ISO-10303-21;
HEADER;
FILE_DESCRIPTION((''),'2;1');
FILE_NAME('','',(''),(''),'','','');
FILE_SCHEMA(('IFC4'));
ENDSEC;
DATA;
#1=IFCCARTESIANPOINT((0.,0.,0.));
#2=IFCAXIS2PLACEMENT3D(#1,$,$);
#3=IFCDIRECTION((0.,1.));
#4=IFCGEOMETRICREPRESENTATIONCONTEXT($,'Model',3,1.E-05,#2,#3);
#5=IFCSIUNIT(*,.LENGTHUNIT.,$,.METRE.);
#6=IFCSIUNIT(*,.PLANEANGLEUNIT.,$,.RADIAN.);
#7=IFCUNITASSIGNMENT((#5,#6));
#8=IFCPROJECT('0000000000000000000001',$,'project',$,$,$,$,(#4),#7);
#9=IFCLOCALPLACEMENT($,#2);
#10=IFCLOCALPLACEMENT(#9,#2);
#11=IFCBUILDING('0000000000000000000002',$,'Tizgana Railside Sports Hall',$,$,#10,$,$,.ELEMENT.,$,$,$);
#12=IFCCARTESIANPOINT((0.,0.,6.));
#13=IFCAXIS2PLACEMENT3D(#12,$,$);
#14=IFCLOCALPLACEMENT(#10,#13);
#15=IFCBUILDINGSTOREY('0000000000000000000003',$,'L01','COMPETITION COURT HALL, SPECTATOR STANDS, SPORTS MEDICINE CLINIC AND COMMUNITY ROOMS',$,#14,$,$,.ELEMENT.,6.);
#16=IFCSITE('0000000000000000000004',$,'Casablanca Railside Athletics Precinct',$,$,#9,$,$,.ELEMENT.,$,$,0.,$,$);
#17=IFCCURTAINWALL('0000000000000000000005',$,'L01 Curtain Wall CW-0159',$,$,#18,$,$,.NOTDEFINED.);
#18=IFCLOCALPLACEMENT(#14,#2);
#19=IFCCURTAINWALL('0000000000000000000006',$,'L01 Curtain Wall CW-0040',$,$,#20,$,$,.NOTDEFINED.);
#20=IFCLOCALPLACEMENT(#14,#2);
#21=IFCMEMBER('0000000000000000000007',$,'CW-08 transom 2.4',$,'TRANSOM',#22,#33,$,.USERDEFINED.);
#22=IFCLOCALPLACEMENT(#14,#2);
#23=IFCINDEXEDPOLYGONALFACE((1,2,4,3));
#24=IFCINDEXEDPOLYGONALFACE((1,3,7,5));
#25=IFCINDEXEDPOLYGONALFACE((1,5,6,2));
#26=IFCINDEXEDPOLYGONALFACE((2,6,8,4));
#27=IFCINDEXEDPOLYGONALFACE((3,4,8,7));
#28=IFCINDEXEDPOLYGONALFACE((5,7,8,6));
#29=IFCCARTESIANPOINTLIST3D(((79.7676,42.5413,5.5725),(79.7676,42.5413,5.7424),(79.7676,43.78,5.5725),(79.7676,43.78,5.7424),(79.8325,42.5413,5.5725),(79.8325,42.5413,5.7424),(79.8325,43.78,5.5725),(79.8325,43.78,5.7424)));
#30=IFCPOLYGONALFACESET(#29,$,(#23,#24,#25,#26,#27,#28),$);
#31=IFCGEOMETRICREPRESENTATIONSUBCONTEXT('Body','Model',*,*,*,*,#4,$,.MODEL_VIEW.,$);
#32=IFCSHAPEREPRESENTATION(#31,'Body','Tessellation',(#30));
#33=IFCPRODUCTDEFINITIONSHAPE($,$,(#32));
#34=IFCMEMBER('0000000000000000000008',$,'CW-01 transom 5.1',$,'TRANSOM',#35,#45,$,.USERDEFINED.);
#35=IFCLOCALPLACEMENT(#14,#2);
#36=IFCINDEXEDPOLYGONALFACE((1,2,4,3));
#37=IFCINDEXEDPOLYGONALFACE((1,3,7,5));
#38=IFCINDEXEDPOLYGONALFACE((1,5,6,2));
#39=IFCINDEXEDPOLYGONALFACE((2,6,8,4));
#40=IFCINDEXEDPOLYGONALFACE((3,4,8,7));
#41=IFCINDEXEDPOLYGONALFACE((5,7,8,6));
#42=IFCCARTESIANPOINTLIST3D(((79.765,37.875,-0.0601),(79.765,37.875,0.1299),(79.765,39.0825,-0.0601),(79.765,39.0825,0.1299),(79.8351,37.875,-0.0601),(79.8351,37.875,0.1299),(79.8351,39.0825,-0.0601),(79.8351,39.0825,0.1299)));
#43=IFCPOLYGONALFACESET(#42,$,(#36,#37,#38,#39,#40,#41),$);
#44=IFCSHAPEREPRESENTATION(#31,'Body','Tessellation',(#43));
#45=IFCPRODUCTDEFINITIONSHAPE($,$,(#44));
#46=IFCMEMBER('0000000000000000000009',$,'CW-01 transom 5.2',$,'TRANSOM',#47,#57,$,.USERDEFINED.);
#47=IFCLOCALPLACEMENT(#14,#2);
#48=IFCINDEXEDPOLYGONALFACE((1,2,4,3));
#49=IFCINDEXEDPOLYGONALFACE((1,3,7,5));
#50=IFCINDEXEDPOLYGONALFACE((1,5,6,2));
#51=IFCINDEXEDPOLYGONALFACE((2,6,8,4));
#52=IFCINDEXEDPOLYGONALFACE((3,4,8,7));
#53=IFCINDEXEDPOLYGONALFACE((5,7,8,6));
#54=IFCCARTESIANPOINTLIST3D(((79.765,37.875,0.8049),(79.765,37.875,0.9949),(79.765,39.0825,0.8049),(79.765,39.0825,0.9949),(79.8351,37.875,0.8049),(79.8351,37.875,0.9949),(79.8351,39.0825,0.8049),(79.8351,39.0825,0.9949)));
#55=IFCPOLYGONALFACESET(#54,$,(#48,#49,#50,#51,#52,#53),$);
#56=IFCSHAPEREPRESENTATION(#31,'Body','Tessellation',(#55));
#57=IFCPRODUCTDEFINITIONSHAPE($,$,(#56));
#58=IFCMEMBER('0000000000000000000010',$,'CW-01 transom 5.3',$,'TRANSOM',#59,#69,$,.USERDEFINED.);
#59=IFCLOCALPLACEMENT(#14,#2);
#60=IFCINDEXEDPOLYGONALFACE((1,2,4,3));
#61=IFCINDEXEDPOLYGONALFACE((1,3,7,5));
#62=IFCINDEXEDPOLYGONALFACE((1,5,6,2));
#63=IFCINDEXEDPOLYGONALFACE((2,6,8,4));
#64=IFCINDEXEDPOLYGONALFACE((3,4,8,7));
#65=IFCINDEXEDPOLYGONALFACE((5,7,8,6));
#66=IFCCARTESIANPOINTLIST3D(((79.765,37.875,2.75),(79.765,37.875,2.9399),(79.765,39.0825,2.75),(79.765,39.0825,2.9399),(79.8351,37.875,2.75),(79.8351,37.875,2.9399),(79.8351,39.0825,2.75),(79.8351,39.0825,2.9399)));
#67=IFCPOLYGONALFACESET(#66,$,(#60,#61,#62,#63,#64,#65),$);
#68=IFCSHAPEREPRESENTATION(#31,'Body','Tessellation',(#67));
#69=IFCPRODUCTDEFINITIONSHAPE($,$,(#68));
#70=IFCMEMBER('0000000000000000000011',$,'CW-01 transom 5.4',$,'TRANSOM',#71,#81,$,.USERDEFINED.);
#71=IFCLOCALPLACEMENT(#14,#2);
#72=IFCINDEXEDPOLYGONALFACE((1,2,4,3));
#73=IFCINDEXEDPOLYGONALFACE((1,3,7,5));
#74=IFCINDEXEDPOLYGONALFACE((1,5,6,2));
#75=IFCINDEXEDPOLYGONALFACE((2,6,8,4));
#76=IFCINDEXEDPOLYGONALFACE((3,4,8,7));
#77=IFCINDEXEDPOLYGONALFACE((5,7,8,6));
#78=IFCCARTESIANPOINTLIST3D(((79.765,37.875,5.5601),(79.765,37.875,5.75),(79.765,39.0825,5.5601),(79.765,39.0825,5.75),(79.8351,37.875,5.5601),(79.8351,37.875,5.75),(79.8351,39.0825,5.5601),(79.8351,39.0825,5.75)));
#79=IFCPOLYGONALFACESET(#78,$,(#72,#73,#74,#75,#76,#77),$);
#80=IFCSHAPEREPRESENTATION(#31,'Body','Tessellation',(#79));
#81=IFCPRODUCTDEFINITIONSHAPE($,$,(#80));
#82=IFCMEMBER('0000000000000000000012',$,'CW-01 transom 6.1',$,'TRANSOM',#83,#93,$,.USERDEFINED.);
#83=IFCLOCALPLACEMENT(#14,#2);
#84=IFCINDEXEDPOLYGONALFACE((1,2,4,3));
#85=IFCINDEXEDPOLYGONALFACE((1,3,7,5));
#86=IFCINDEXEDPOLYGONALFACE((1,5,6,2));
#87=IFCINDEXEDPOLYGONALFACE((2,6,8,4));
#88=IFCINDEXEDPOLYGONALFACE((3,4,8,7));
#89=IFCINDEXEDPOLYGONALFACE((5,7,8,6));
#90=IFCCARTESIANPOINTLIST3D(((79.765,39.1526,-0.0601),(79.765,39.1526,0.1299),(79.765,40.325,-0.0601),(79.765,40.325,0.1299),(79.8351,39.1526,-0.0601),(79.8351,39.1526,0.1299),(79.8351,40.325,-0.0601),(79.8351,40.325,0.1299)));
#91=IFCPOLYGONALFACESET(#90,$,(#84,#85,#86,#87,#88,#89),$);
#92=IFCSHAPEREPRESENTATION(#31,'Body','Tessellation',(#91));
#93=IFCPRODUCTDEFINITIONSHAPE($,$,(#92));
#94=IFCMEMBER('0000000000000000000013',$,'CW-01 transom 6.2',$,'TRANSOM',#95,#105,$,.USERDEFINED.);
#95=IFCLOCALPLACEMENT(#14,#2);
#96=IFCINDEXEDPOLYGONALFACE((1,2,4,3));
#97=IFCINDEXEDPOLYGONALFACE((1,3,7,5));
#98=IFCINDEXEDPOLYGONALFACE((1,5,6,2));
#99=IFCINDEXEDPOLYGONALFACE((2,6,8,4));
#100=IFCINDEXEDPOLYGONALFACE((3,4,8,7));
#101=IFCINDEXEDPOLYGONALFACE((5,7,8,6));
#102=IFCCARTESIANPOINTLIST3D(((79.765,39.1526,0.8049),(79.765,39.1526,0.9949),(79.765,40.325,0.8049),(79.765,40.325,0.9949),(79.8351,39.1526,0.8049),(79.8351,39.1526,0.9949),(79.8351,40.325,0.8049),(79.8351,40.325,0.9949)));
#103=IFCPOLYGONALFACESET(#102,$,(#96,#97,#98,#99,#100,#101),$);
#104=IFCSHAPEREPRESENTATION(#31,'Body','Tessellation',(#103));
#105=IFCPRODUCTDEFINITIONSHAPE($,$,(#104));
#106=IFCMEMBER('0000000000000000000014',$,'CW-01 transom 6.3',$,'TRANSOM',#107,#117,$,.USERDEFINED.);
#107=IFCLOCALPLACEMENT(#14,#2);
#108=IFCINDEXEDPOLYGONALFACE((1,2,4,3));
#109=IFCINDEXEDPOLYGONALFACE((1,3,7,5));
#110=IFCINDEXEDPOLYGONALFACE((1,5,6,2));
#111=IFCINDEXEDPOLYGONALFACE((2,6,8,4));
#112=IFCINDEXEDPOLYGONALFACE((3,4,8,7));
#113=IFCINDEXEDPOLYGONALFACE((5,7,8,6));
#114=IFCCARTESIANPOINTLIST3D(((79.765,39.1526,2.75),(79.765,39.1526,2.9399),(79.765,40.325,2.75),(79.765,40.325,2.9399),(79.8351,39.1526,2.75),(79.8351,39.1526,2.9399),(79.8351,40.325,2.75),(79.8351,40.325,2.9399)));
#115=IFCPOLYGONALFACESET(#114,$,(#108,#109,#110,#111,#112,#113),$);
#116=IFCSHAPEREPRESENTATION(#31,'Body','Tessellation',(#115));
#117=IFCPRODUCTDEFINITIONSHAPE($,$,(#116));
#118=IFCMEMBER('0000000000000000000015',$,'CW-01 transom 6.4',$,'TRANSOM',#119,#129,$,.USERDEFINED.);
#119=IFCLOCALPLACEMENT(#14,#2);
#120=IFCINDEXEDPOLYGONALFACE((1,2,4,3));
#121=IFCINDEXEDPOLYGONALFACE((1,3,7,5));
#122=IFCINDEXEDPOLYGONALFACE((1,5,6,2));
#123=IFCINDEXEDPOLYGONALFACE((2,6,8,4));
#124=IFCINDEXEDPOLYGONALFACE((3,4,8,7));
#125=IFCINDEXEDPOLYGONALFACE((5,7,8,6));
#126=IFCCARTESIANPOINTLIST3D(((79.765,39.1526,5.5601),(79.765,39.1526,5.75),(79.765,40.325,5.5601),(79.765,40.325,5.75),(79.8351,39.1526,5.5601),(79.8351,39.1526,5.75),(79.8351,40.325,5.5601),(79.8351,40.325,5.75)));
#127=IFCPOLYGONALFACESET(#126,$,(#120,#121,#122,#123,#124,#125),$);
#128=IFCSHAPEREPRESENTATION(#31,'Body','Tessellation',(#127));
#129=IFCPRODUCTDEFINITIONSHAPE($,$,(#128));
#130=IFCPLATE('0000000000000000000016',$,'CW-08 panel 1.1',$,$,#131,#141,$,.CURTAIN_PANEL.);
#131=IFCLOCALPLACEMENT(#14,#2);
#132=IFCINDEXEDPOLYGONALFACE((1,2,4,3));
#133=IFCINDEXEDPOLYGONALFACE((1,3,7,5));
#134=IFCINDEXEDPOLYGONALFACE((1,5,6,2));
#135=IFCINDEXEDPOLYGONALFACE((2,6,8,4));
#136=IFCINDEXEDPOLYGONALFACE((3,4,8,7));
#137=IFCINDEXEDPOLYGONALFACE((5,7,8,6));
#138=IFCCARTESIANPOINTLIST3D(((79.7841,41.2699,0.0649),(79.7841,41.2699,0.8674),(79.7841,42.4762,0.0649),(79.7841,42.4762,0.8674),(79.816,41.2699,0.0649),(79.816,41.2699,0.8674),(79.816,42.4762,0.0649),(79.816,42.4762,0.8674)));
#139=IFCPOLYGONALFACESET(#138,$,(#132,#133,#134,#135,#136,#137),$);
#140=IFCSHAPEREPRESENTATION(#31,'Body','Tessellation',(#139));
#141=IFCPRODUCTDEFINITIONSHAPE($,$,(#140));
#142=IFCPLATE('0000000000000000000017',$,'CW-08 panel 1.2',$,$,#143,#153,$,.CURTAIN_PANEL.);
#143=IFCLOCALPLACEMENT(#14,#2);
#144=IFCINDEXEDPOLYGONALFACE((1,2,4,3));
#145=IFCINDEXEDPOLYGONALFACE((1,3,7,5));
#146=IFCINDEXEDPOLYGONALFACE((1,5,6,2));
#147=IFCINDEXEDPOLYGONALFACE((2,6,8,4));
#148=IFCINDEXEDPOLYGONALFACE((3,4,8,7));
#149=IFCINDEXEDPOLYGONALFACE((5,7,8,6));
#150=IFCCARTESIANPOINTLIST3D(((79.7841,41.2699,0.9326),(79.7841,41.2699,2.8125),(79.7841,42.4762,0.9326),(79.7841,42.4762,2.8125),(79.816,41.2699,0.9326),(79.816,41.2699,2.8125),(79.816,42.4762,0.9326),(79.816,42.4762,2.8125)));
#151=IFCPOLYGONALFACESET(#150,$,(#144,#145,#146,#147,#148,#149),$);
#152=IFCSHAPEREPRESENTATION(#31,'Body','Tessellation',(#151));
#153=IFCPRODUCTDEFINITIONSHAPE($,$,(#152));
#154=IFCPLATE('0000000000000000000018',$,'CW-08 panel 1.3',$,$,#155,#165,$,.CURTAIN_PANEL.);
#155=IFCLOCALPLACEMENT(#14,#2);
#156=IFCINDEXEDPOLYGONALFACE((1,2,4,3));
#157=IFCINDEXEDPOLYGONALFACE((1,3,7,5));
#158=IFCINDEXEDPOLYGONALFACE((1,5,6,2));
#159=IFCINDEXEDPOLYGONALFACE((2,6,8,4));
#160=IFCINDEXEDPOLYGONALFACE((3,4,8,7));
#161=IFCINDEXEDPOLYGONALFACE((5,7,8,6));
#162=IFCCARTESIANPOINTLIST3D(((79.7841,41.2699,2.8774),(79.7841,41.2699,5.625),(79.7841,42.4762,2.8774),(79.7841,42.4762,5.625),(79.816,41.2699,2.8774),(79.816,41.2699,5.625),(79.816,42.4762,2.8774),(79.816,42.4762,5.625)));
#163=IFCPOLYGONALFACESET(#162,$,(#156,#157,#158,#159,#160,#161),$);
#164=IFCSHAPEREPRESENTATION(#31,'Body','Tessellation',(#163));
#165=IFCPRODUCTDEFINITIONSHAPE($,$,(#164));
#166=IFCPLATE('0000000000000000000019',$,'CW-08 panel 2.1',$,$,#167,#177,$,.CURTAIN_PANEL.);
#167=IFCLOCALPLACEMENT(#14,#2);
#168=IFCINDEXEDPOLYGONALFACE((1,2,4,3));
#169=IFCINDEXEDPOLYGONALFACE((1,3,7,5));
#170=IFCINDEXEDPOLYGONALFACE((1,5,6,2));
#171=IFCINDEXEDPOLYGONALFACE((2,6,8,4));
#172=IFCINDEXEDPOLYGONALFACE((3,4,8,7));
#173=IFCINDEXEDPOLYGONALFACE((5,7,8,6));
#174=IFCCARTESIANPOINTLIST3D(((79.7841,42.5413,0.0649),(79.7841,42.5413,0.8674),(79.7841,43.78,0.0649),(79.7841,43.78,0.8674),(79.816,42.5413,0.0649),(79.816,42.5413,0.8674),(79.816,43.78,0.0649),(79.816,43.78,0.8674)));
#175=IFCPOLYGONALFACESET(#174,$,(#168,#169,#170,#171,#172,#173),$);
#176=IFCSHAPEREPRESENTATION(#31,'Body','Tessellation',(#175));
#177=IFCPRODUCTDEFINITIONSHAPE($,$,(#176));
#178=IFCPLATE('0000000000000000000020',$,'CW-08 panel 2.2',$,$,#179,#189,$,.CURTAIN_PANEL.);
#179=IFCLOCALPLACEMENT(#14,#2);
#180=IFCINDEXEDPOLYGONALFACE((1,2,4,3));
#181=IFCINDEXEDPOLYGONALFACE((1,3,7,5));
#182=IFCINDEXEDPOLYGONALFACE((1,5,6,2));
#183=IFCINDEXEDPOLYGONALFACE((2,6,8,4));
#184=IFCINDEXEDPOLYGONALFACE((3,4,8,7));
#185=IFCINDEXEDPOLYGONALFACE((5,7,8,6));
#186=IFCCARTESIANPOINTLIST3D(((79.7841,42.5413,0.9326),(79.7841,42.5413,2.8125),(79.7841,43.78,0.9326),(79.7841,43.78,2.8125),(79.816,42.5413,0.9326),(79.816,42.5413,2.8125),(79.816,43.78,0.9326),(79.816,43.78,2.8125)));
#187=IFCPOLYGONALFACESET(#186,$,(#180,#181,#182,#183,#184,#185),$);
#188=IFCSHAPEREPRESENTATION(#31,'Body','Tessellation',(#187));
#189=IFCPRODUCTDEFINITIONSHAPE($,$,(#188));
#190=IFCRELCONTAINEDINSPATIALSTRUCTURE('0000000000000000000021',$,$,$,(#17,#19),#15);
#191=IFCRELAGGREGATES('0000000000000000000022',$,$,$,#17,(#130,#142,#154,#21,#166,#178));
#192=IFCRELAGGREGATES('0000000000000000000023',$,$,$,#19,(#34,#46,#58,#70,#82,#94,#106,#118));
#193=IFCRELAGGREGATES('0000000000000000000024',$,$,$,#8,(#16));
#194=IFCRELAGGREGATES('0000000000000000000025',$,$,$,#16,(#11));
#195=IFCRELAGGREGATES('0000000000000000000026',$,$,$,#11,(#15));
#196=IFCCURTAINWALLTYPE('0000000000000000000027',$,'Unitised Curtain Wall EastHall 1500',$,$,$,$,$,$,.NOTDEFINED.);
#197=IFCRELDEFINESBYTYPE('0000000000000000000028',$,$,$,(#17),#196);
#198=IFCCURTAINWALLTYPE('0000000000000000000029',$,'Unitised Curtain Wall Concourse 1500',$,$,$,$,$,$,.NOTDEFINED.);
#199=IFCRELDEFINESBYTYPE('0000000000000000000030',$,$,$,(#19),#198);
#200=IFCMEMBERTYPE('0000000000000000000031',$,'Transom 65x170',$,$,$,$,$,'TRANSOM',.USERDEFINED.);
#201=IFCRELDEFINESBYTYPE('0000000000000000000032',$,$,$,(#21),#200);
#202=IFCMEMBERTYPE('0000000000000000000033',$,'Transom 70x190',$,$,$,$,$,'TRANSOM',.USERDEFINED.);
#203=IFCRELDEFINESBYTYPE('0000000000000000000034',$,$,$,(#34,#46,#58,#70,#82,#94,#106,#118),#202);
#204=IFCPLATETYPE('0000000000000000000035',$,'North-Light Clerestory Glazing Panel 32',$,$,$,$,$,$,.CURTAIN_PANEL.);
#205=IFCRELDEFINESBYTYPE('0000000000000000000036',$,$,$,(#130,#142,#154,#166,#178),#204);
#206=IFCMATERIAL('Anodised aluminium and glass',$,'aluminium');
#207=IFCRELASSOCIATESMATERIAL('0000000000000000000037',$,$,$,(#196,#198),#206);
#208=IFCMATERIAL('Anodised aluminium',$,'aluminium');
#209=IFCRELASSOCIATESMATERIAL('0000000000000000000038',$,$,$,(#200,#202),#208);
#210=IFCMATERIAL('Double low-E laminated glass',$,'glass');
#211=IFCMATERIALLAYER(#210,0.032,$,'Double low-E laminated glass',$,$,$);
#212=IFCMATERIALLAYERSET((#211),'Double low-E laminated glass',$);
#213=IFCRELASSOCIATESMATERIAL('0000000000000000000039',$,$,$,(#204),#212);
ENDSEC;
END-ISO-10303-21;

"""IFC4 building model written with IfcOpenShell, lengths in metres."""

from ifc_helpers import new_model, si_unit, direction, frame, origin, origin_2d, place, context, subcontext, project, spatial, rectangle, extrude, material, layer, layer_set, material_profile, profile_set, type_object, element, aggregate, save


model = new_model("IFC4")

# Units and contexts
model_context = context("Model", 3, precision=1e-05, world=origin(), true_north=direction((0.0, 1.0)))
body_context = subcontext(model_context, "Body", "Model", "MODEL_VIEW")
ifc_project = project(units=[si_unit("LENGTHUNIT", "METRE"), si_unit("PLANEANGLEUNIT", "RADIAN")], contexts=[model_context])

# Site, building, storey
site_placement = place(None, origin())
site = spatial("IfcSite", under=ifc_project, at=site_placement, Name="Casablanca Railside Athletics Precinct", CompositionType="ELEMENT", RefElevation=0.0)
building_placement = place(site_placement, origin())
building = spatial("IfcBuilding", under=site, at=building_placement, Name="Tizgana Railside Sports Hall", CompositionType="ELEMENT")
storey_placement = place(building_placement, frame((0.0, 0.0, 6.0)))
storey = spatial("IfcBuildingStorey", under=building, at=storey_placement, Name="L01", Description="COMPETITION COURT HALL, SPECTATOR STANDS, SPORTS MEDICINE CLINIC AND COMMUNITY ROOMS", CompositionType="ELEMENT", Elevation=6.0)

# Curtain walls
ifc_material_1 = material(Name="Anodised aluminium and glass", Category="aluminium")
curtain_wall_type_1 = type_object("IfcCurtainWallType", Name="Unitised Curtain Wall EastHall 1500", PredefinedType="NOTDEFINED", material=ifc_material_1)
curtain_wall_1_placement = place(storey_placement, origin())
curtain_wall_1 = element("IfcCurtainWall", 1, at=curtain_wall_1_placement, inside=storey, type_object=curtain_wall_type_1, Name="L01 Curtain Wall CW-0159", PredefinedType="NOTDEFINED")
ifc_material_2 = material(Name="Anodised aluminium", Category="aluminium")
curtain_wall_type_2 = type_object("IfcCurtainWallType", Name="Unitised Curtain Wall Concourse 1500", PredefinedType="NOTDEFINED", material=ifc_material_1)
curtain_wall_2_placement = place(storey_placement, origin())
curtain_wall_2 = element("IfcCurtainWall", 2, at=curtain_wall_2_placement, inside=storey, type_object=curtain_wall_type_2, Name="L01 Curtain Wall CW-0040", PredefinedType="NOTDEFINED")

# Members
ifc_material_profile_1 = material_profile(ifc_material_2, rectangle(XDim=0.0649, YDim=0.1699, at=origin_2d()), Name="Transom 65x170")
ifc_profile_set_1 = profile_set([ifc_material_profile_1], Name="Anodised aluminium")
member_type_1 = type_object("IfcMemberType", Name="Transom 65x170", ElementType="TRANSOM", PredefinedType="USERDEFINED", material=ifc_profile_set_1)
member_1_placement = place(storey_placement, frame((79.8, 42.5413, 5.6575), z_axis=(0.0, 1.0, 0.0), x_axis=(-1.0, 0.0, 0.0)))
member_1 = element("IfcMember", 3, at=member_1_placement, type_object=member_type_1, Name="CW-08 transom 2.4", ObjectType="TRANSOM", PredefinedType="USERDEFINED", context=body_context, shape_type="SweptSolid", body=[
    extrude(rectangle(XDim=0.0649, YDim=0.1699, at=origin_2d()), origin(), (0.0, 0.0, 1.0), 1.2388),
])
ifc_material_profile_2 = material_profile(ifc_material_2, rectangle(XDim=0.0701, YDim=0.1899, at=origin_2d()), Name="Transom 70x190")
ifc_profile_set_2 = profile_set([ifc_material_profile_2], Name="Anodised aluminium")
member_type_2 = type_object("IfcMemberType", Name="Transom 70x190", ElementType="TRANSOM", PredefinedType="USERDEFINED", material=ifc_profile_set_2)
member_2_placement = place(storey_placement, frame((79.8, 37.875, 0.0349), z_axis=(0.0, 1.0, 0.0), x_axis=(-1.0, 0.0, 0.0)))
member_2 = element("IfcMember", 4, at=member_2_placement, type_object=member_type_2, Name="CW-01 transom 5.1", ObjectType="TRANSOM", PredefinedType="USERDEFINED", context=body_context, shape_type="SweptSolid", body=[
    extrude(rectangle(XDim=0.0701, YDim=0.1899, at=origin_2d()), origin(), (0.0, 0.0, 1.0), 1.2075),
])
member_3_placement = place(storey_placement, frame((79.8, 37.875, 0.8999), z_axis=(0.0, 1.0, 0.0), x_axis=(-1.0, 0.0, 0.0)))
member_3 = element("IfcMember", 5, at=member_3_placement, type_object=member_type_2, Name="CW-01 transom 5.2", ObjectType="TRANSOM", PredefinedType="USERDEFINED", context=body_context, shape_type="SweptSolid", body=[
    extrude(rectangle(XDim=0.0701, YDim=0.1899, at=origin_2d()), origin(), (0.0, 0.0, 1.0), 1.2075),
])
member_4_placement = place(storey_placement, frame((79.8, 37.875, 2.845), z_axis=(0.0, 1.0, 0.0), x_axis=(-1.0, 0.0, 0.0)))
member_4 = element("IfcMember", 6, at=member_4_placement, type_object=member_type_2, Name="CW-01 transom 5.3", ObjectType="TRANSOM", PredefinedType="USERDEFINED", context=body_context, shape_type="SweptSolid", body=[
    extrude(rectangle(XDim=0.0701, YDim=0.1899, at=origin_2d()), origin(), (0.0, 0.0, 1.0), 1.2075),
])
member_5_placement = place(storey_placement, frame((79.8, 37.875, 5.655), z_axis=(0.0, 1.0, 0.0), x_axis=(-1.0, 0.0, 0.0)))
member_5 = element("IfcMember", 7, at=member_5_placement, type_object=member_type_2, Name="CW-01 transom 5.4", ObjectType="TRANSOM", PredefinedType="USERDEFINED", context=body_context, shape_type="SweptSolid", body=[
    extrude(rectangle(XDim=0.0701, YDim=0.1899, at=origin_2d()), origin(), (0.0, 0.0, 1.0), 1.2075),
])
member_6_placement = place(storey_placement, frame((79.8, 39.1526, 0.0349), z_axis=(0.0, 1.0, 0.0), x_axis=(-1.0, 0.0, 0.0)))
member_6 = element("IfcMember", 8, at=member_6_placement, type_object=member_type_2, Name="CW-01 transom 6.1", ObjectType="TRANSOM", PredefinedType="USERDEFINED", context=body_context, shape_type="SweptSolid", body=[
    extrude(rectangle(XDim=0.0701, YDim=0.1899, at=origin_2d()), origin(), (0.0, 0.0, 1.0), 1.1724),
])
member_7_placement = place(storey_placement, frame((79.8, 39.1526, 0.8999), z_axis=(0.0, 1.0, 0.0), x_axis=(-1.0, 0.0, 0.0)))
member_7 = element("IfcMember", 9, at=member_7_placement, type_object=member_type_2, Name="CW-01 transom 6.2", ObjectType="TRANSOM", PredefinedType="USERDEFINED", context=body_context, shape_type="SweptSolid", body=[
    extrude(rectangle(XDim=0.0701, YDim=0.1899, at=origin_2d()), origin(), (0.0, 0.0, 1.0), 1.1724),
])
member_8_placement = place(storey_placement, frame((79.8, 39.1526, 2.845), z_axis=(0.0, 1.0, 0.0), x_axis=(-1.0, 0.0, 0.0)))
member_8 = element("IfcMember", 10, at=member_8_placement, type_object=member_type_2, Name="CW-01 transom 6.3", ObjectType="TRANSOM", PredefinedType="USERDEFINED", context=body_context, shape_type="SweptSolid", body=[
    extrude(rectangle(XDim=0.0701, YDim=0.1899, at=origin_2d()), origin(), (0.0, 0.0, 1.0), 1.1724),
])
member_9_placement = place(storey_placement, frame((79.8, 39.1526, 5.655), z_axis=(0.0, 1.0, 0.0), x_axis=(-1.0, 0.0, 0.0)))
member_9 = element("IfcMember", 11, at=member_9_placement, type_object=member_type_2, Name="CW-01 transom 6.4", ObjectType="TRANSOM", PredefinedType="USERDEFINED", context=body_context, shape_type="SweptSolid", body=[
    extrude(rectangle(XDim=0.0701, YDim=0.1899, at=origin_2d()), origin(), (0.0, 0.0, 1.0), 1.1724),
])

# Plates
ifc_material_3 = material(Name="Double low-E laminated glass", Category="glass")
ifc_layer_1 = layer(ifc_material_3, 0.032, Name="Double low-E laminated glass")
ifc_layer_set_1 = layer_set([ifc_layer_1], Name="Double low-E laminated glass")
plate_type_1 = type_object("IfcPlateType", Name="North-Light Clerestory Glazing Panel 32", PredefinedType="CURTAIN_PANEL", material=ifc_layer_set_1)
plate_1_placement = place(storey_placement, frame((79.8, 41.873, 0.0649), z_axis=(0.0, 0.0, 1.0), x_axis=(0.0, 1.0, 0.0)))
plate_1 = element("IfcPlate", 12, at=plate_1_placement, type_object=plate_type_1, Name="CW-08 panel 1.1", PredefinedType="CURTAIN_PANEL", context=body_context, shape_type="SweptSolid", body=[
    extrude(rectangle(XDim=1.2063, YDim=0.032, at=origin_2d()), origin(), (0.0, 0.0, 1.0), 0.8025),
])
plate_2_placement = place(storey_placement, frame((79.8, 41.873, 0.9326), z_axis=(0.0, 0.0, 1.0), x_axis=(0.0, 1.0, 0.0)))
plate_2 = element("IfcPlate", 13, at=plate_2_placement, type_object=plate_type_1, Name="CW-08 panel 1.2", PredefinedType="CURTAIN_PANEL", context=body_context, shape_type="SweptSolid", body=[
    extrude(rectangle(XDim=1.2063, YDim=0.032, at=origin_2d()), origin(), (0.0, 0.0, 1.0), 1.8799),
])
plate_3_placement = place(storey_placement, frame((79.8, 41.873, 2.8774), z_axis=(0.0, 0.0, 1.0), x_axis=(0.0, 1.0, 0.0)))
plate_3 = element("IfcPlate", 14, at=plate_3_placement, type_object=plate_type_1, Name="CW-08 panel 1.3", PredefinedType="CURTAIN_PANEL", context=body_context, shape_type="SweptSolid", body=[
    extrude(rectangle(XDim=1.2063, YDim=0.032, at=origin_2d()), origin(), (0.0, 0.0, 1.0), 2.7476),
])
plate_4_placement = place(storey_placement, frame((79.8, 43.1606, 0.0649), z_axis=(0.0, 0.0, 1.0), x_axis=(0.0, 1.0, 0.0)))
plate_4 = element("IfcPlate", 15, at=plate_4_placement, type_object=plate_type_1, Name="CW-08 panel 2.1", PredefinedType="CURTAIN_PANEL", context=body_context, shape_type="SweptSolid", body=[
    extrude(rectangle(XDim=1.2388, YDim=0.032, at=origin_2d()), origin(), (0.0, 0.0, 1.0), 0.8025),
])
plate_5_placement = place(storey_placement, frame((79.8, 43.1606, 0.9326), z_axis=(0.0, 0.0, 1.0), x_axis=(0.0, 1.0, 0.0)))
plate_5 = element("IfcPlate", 16, at=plate_5_placement, type_object=plate_type_1, Name="CW-08 panel 2.2", PredefinedType="CURTAIN_PANEL", context=body_context, shape_type="SweptSolid", body=[
    extrude(rectangle(XDim=1.2388, YDim=0.032, at=origin_2d()), origin(), (0.0, 0.0, 1.0), 1.8799),
])
aggregate(curtain_wall_1, [plate_1, plate_2, plate_3, member_1, plate_4, plate_5])
aggregate(curtain_wall_2, [member_2, member_3, member_4, member_5, member_6, member_7, member_8, member_9])

save(model, "model.ifc")
